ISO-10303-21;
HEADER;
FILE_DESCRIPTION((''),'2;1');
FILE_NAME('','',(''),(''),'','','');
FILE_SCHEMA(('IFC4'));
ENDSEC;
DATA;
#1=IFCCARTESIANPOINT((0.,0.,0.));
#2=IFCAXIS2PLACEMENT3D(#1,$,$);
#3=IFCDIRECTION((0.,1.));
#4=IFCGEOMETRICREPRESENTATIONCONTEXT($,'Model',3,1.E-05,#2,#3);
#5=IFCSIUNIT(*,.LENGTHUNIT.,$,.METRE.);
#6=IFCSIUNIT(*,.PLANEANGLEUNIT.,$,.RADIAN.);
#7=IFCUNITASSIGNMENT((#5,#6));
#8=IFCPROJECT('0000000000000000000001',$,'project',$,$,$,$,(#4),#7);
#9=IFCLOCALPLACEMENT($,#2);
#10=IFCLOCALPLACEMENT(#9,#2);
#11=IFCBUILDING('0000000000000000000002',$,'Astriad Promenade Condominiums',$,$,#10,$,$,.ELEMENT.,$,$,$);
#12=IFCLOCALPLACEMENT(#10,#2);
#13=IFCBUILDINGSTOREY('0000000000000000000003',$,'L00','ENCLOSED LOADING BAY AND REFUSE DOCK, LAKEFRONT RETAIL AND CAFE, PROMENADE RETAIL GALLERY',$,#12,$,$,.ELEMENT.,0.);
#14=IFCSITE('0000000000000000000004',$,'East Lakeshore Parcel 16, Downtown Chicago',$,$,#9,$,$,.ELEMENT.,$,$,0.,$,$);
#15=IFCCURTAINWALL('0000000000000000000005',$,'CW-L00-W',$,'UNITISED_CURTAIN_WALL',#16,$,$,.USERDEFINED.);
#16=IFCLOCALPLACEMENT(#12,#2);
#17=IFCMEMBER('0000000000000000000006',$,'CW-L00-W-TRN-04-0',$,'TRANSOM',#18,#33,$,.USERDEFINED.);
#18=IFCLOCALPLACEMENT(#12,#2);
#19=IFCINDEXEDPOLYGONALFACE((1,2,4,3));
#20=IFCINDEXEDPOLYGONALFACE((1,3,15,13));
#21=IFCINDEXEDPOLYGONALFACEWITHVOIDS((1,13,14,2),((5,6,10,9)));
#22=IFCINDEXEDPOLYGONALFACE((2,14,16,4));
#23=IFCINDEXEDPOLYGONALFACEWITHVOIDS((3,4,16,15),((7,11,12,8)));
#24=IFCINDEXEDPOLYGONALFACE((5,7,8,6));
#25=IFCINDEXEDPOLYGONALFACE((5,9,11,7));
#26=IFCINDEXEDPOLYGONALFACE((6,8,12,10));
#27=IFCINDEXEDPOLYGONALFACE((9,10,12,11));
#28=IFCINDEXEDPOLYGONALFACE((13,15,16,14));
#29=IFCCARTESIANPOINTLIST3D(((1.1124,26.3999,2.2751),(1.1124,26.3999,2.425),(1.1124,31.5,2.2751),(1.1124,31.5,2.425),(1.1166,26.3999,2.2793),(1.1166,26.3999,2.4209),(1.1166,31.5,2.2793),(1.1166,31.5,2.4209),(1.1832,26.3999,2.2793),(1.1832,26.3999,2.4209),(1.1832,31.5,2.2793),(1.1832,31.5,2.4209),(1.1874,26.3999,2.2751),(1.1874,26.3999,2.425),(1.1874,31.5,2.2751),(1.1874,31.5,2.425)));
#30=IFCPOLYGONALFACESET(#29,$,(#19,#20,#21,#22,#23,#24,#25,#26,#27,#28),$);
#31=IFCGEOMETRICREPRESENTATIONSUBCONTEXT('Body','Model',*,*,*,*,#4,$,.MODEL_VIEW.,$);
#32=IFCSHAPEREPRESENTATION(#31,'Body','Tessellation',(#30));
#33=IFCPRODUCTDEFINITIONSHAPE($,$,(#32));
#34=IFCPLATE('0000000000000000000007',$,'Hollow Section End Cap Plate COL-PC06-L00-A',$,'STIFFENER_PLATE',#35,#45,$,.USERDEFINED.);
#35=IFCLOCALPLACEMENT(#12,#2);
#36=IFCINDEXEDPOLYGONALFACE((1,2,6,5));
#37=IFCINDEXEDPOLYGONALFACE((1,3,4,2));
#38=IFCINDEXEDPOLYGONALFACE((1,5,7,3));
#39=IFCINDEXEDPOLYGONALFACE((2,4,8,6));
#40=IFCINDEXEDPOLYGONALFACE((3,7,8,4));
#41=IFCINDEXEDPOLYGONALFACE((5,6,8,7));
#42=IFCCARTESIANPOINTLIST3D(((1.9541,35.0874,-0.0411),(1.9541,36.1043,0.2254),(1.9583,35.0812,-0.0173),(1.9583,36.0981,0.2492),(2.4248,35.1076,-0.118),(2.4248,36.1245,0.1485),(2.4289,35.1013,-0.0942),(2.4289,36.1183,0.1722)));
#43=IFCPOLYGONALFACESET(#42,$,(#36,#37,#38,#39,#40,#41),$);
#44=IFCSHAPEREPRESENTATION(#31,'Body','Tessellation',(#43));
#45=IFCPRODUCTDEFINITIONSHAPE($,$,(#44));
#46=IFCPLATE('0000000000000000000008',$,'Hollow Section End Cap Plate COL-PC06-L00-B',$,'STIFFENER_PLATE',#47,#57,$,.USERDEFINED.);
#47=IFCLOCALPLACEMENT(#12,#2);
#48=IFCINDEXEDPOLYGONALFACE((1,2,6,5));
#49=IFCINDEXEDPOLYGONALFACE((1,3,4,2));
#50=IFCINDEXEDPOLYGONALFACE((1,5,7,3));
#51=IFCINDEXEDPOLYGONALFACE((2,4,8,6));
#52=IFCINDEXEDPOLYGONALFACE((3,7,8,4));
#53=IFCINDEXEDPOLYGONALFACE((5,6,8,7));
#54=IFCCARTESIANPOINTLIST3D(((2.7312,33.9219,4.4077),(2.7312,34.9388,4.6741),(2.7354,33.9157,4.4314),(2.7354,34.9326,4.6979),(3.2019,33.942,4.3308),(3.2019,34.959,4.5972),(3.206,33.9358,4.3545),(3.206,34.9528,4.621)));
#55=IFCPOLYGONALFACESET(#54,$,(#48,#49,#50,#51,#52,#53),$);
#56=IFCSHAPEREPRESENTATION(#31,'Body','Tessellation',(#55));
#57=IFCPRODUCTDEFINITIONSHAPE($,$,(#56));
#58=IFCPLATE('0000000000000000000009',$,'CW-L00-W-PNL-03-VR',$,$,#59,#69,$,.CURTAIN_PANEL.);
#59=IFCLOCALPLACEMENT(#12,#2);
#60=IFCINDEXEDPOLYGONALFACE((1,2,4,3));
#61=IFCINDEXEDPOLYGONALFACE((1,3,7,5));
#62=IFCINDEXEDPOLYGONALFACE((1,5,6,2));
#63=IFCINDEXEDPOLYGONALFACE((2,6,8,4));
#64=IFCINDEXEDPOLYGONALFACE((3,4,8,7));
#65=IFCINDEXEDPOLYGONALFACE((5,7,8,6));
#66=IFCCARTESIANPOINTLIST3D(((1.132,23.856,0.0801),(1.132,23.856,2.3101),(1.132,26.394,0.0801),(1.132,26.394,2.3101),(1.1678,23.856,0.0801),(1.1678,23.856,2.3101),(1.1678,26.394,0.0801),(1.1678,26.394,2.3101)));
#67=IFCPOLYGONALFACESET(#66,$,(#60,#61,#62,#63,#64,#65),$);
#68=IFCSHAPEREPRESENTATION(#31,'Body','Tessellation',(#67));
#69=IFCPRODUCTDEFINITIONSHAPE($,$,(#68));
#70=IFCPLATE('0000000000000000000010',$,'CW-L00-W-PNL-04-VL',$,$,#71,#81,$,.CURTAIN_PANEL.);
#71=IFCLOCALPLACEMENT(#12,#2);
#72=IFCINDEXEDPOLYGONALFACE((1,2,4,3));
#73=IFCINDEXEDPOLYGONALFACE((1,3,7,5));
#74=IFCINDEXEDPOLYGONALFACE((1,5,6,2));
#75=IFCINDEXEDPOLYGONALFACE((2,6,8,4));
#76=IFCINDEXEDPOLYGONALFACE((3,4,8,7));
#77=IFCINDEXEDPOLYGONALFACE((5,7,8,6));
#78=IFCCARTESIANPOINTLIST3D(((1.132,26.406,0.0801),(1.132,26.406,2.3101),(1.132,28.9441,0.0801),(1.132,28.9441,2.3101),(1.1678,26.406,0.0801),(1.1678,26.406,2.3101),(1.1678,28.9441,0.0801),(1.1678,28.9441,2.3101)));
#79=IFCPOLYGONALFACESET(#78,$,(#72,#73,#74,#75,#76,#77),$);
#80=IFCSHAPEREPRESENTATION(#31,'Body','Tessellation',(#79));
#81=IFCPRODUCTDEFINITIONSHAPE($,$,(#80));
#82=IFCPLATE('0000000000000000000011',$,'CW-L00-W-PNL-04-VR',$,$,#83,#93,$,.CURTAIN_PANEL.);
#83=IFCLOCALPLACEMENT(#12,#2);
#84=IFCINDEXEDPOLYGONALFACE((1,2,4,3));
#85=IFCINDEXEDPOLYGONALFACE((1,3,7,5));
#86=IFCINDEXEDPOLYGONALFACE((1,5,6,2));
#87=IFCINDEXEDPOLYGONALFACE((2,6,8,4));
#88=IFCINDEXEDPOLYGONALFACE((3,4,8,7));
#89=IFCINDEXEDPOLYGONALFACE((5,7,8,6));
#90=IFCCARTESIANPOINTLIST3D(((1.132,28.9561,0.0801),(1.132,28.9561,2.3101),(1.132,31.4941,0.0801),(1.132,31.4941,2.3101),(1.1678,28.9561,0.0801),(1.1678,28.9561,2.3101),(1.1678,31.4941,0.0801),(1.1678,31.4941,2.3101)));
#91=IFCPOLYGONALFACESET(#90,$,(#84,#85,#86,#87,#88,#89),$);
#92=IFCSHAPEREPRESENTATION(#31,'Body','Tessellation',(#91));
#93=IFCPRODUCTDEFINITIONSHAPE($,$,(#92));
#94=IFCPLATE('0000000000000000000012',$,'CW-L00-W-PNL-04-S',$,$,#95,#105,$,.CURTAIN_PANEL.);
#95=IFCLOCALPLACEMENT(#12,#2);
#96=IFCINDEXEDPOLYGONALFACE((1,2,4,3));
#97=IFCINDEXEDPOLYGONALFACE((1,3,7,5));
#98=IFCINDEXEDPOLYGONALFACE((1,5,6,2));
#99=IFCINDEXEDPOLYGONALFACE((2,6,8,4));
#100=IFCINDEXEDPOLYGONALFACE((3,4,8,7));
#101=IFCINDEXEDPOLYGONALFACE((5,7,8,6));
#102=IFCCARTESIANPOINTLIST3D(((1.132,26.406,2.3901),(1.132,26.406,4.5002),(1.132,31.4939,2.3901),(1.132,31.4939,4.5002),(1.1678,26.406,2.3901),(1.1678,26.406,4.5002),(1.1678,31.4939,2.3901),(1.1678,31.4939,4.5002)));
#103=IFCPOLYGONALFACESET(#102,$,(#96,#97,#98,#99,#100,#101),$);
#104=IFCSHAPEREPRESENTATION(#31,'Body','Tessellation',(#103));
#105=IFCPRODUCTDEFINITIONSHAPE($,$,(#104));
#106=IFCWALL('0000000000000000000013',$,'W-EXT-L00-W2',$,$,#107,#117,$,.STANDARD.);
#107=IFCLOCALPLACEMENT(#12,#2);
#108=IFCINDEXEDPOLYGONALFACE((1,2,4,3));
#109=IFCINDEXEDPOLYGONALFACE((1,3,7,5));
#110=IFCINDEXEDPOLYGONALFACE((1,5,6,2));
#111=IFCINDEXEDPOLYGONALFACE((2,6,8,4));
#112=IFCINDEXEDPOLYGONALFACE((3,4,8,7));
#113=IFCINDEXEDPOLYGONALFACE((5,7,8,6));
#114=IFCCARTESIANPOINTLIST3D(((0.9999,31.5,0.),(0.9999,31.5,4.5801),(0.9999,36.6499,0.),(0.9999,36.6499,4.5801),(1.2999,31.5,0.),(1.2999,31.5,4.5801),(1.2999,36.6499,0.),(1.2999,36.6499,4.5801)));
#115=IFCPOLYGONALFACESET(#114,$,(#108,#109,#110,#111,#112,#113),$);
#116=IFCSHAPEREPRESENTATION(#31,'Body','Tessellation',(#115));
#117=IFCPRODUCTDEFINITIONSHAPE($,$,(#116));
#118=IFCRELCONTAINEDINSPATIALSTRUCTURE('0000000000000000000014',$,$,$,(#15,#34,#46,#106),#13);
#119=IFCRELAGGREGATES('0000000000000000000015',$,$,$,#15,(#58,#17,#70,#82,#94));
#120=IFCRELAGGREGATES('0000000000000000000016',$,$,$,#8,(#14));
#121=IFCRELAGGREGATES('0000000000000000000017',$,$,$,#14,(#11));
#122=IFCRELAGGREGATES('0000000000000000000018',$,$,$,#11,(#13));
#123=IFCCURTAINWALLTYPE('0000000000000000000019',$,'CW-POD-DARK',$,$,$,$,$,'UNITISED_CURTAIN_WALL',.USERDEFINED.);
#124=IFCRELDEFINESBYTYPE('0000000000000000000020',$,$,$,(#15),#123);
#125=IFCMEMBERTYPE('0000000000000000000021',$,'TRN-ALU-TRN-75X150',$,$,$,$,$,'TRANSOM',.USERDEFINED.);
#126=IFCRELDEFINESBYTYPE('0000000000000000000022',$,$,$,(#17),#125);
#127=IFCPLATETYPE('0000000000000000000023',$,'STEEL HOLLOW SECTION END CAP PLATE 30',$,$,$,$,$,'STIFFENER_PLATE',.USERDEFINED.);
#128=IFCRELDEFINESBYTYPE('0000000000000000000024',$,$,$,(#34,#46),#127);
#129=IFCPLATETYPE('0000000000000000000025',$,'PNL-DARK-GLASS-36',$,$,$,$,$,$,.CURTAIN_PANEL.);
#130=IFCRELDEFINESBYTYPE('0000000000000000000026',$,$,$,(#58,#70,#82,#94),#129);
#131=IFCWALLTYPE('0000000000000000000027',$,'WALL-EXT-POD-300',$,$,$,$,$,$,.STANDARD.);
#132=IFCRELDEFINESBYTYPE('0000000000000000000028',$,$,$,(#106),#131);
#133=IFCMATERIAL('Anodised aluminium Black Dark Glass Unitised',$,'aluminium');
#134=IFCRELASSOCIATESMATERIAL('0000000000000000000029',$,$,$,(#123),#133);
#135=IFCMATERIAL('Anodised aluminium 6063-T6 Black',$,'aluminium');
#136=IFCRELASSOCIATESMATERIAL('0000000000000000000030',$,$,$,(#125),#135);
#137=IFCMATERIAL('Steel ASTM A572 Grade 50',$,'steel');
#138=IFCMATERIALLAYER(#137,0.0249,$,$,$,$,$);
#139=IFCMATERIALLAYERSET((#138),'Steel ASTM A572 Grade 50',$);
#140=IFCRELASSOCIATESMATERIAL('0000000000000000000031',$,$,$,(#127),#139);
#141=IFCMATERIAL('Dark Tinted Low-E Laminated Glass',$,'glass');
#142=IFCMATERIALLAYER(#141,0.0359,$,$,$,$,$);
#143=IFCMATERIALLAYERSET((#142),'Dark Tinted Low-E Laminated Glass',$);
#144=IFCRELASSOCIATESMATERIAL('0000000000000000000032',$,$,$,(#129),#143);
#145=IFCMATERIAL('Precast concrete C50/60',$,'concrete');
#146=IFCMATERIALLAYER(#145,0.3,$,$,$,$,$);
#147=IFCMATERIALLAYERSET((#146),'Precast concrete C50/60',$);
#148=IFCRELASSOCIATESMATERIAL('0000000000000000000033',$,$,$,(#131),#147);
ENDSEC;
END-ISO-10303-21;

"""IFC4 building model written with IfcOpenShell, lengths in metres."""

from ifc_helpers import new_model, si_unit, direction, frame, frame_2d, origin, origin_2d, place, context, subcontext, project, spatial, rectangle, hollow_rectangle, extrude, source, transform, mapped, material, layer, layer_set, material_profile, profile_set, type_object, type_shapes, element, aggregate, save


model = new_model("IFC4")

# Units and contexts
model_context = context("Model", 3, precision=1e-05, world=origin(), true_north=direction((0.0, 1.0)))
body_context = subcontext(model_context, "Body", "Model", "MODEL_VIEW")
ifc_project = project(units=[si_unit("LENGTHUNIT", "METRE"), si_unit("PLANEANGLEUNIT", "RADIAN")], contexts=[model_context])

# Site, building, storey
site_placement = place(None, origin())
site = spatial("IfcSite", under=ifc_project, at=site_placement, Name="East Lakeshore Parcel 16, Downtown Chicago", CompositionType="ELEMENT", RefElevation=0.0)
building_placement = place(site_placement, origin())
building = spatial("IfcBuilding", under=site, at=building_placement, Name="Astriad Promenade Condominiums", CompositionType="ELEMENT")
storey_placement = place(building_placement, origin())
storey = spatial("IfcBuildingStorey", under=building, at=storey_placement, Name="L00", Description="ENCLOSED LOADING BAY AND REFUSE DOCK, LAKEFRONT RETAIL AND CAFE, PROMENADE RETAIL GALLERY", CompositionType="ELEMENT", Elevation=0.0)

# Curtain wall, member
ifc_material_1 = material(Name="Anodised aluminium Black Dark Glass Unitised", Category="aluminium")
curtain_wall_type = type_object("IfcCurtainWallType", Name="CW-POD-DARK", ElementType="UNITISED_CURTAIN_WALL", PredefinedType="USERDEFINED", material=ifc_material_1)
curtain_wall_placement = place(storey_placement, origin())
curtain_wall = element("IfcCurtainWall", 1, at=curtain_wall_placement, inside=storey, type_object=curtain_wall_type, Name="CW-L00-W", ObjectType="UNITISED_CURTAIN_WALL", PredefinedType="USERDEFINED")
ifc_material_2 = material(Name="Anodised aluminium 6063-T6 Black", Category="aluminium")
ifc_material_profile_1 = material_profile(ifc_material_2, hollow_rectangle(XDim=0.075, YDim=0.1499, WallThickness=0.0042, at=origin_2d()), Name="ALU-TRN-75X150")
ifc_profile_set_1 = profile_set([ifc_material_profile_1], Name="Anodised aluminium 6063-T6 Black")
member_type_1 = type_object("IfcMemberType", Name="TRN-ALU-TRN-75X150", ElementType="TRANSOM", PredefinedType="USERDEFINED", material=ifc_profile_set_1)
shared_shape_1 = source(origin(), body_context, "Body", "SweptSolid", [
    extrude(hollow_rectangle(XDim=0.075, YDim=0.1499, WallThickness=0.0042, at=origin_2d()), origin(), (0.0, 0.0, 1.0), 5.1001),
])
type_shapes(member_type_1, [shared_shape_1])
member_1_placement = place(storey_placement, frame((1.1499, 26.3999, 2.3501), z_axis=(0.0, 1.0, 0.0), x_axis=(-1.0, 0.0, 0.0)))
member_1 = element("IfcMember", 2, at=member_1_placement, type_object=member_type_1, Name="CW-L00-W-TRN-04-0", ObjectType="TRANSOM", PredefinedType="USERDEFINED", context=body_context, shape_type="MappedRepresentation", body=[
    mapped(shared_shape_1, transform((0.0, 0.0, 0.0), scale=1.0)),
])

# Plates
ifc_material_3 = material(Name="Steel ASTM A572 Grade 50", Category="steel")
ifc_layer_1 = layer(ifc_material_3, 0.0249)
ifc_layer_set_1 = layer_set([ifc_layer_1], Name="Steel ASTM A572 Grade 50")
plate_type_1 = type_object("IfcPlateType", Name="STEEL HOLLOW SECTION END CAP PLATE 30", ElementType="STIFFENER_PLATE", PredefinedType="USERDEFINED", material=ifc_layer_set_1)
shared_shape_2 = source(origin(), body_context, "Body", "SweptSolid", [
    extrude(rectangle(XDim=0.4773, YDim=1.0513, at=origin_2d()), origin(), (0.0, 0.0, 1.0), 0.0249),
])
type_shapes(plate_type_1, [shared_shape_2])
for number, where, z_axis, x_axis, name in (
    (3, (2.1895, 35.606, 0.0537), (0.166588, -0.249925, 0.953827), (1.0, 0.0, 0.0), "Hollow Section End Cap Plate COL-PC06-L00-A"),
    (4, (2.9666, 34.4404, 4.5024), (0.166588, -0.249925, 0.953827), (1.0, 0.0, 0.0), "Hollow Section End Cap Plate COL-PC06-L00-B"),
):
    element("IfcPlate", number, at=place(storey_placement, frame(where, z_axis=z_axis, x_axis=x_axis)), inside=storey, type_object=plate_type_1, Name=name, ObjectType="STIFFENER_PLATE", PredefinedType="USERDEFINED", context=body_context, shape_type="MappedRepresentation", body=[
        mapped(shared_shape_2, transform((0.0, 0.0, 0.0), scale=1.0)),
    ])

# Plates
ifc_material_4 = material(Name="Dark Tinted Low-E Laminated Glass", Category="glass")
ifc_layer_2 = layer(ifc_material_4, 0.0359)
ifc_layer_set_2 = layer_set([ifc_layer_2], Name="Dark Tinted Low-E Laminated Glass")
plate_type_2 = type_object("IfcPlateType", Name="PNL-DARK-GLASS-36", PredefinedType="CURTAIN_PANEL", material=ifc_layer_set_2)
shared_shape_3 = source(origin(), body_context, "Body", "SweptSolid", [
    extrude(rectangle(XDim=2.5381, YDim=0.0359, at=origin_2d()), origin(), (0.0, 0.0, 1.0), 2.23),
])
plate_1_placement = place(storey_placement, frame((1.1499, 25.125, 0.0801), z_axis=(0.0, 0.0, 1.0), x_axis=(0.0, 1.0, 0.0)))
plate_1 = element("IfcPlate", 5, at=plate_1_placement, type_object=plate_type_2, Name="CW-L00-W-PNL-03-VR", PredefinedType="CURTAIN_PANEL", context=body_context, shape_type="MappedRepresentation", body=[
    mapped(shared_shape_3, transform((0.0, 0.0, 0.0), scale=1.0)),
])
plate_2_placement = place(storey_placement, frame((1.1499, 27.675, 0.0801), z_axis=(0.0, 0.0, 1.0), x_axis=(0.0, 1.0, 0.0)))
plate_2 = element("IfcPlate", 6, at=plate_2_placement, type_object=plate_type_2, Name="CW-L00-W-PNL-04-VL", PredefinedType="CURTAIN_PANEL", context=body_context, shape_type="MappedRepresentation", body=[
    mapped(shared_shape_3, transform((0.0, 0.0, 0.0), scale=1.0)),
])
plate_3_placement = place(storey_placement, frame((1.1499, 30.2251, 0.0801), z_axis=(0.0, 0.0, 1.0), x_axis=(0.0, 1.0, 0.0)))
plate_3 = element("IfcPlate", 7, at=plate_3_placement, type_object=plate_type_2, Name="CW-L00-W-PNL-04-VR", PredefinedType="CURTAIN_PANEL", context=body_context, shape_type="MappedRepresentation", body=[
    mapped(shared_shape_3, transform((0.0, 0.0, 0.0), scale=1.0)),
])
shared_shape_4 = source(origin(), body_context, "Body", "SweptSolid", [
    extrude(rectangle(XDim=5.0879, YDim=0.0359, at=origin_2d()), origin(), (0.0, 0.0, 1.0), 2.1101),
])
type_shapes(plate_type_2, [shared_shape_3, shared_shape_4])
plate_4_placement = place(storey_placement, frame((1.1499, 28.95, 2.3901), z_axis=(0.0, 0.0, 1.0), x_axis=(0.0, 1.0, 0.0)))
plate_4 = element("IfcPlate", 8, at=plate_4_placement, type_object=plate_type_2, Name="CW-L00-W-PNL-04-S", PredefinedType="CURTAIN_PANEL", context=body_context, shape_type="MappedRepresentation", body=[
    mapped(shared_shape_4, transform((0.0, 0.0, 0.0), scale=1.0)),
])
aggregate(curtain_wall, [plate_1, member_1, plate_2, plate_3, plate_4])

# Wall
ifc_material_5 = material(Name="Precast concrete C50/60", Category="concrete")
ifc_layer_3 = layer(ifc_material_5, 0.3)
ifc_layer_set_3 = layer_set([ifc_layer_3], Name="Precast concrete C50/60")
wall_type_1 = type_object("IfcWallType", Name="WALL-EXT-POD-300", PredefinedType="STANDARD", material=ifc_layer_set_3)
wall_1_placement = place(storey_placement, frame((1.1499, 31.5, 0.0), z_axis=(0.0, 0.0, 1.0), x_axis=(0.0, 1.0, 0.0)))
element("IfcWall", 9, at=wall_1_placement, inside=storey, type_object=wall_type_1, Name="W-EXT-L00-W2", PredefinedType="STANDARD", context=body_context, shape_type="SweptSolid", body=[
    extrude(rectangle(XDim=5.1499, YDim=0.3, at=frame_2d((2.575, 0.0))), origin(), (0.0, 0.0, 1.0), 4.5801),
])

save(model, "model.ifc")
